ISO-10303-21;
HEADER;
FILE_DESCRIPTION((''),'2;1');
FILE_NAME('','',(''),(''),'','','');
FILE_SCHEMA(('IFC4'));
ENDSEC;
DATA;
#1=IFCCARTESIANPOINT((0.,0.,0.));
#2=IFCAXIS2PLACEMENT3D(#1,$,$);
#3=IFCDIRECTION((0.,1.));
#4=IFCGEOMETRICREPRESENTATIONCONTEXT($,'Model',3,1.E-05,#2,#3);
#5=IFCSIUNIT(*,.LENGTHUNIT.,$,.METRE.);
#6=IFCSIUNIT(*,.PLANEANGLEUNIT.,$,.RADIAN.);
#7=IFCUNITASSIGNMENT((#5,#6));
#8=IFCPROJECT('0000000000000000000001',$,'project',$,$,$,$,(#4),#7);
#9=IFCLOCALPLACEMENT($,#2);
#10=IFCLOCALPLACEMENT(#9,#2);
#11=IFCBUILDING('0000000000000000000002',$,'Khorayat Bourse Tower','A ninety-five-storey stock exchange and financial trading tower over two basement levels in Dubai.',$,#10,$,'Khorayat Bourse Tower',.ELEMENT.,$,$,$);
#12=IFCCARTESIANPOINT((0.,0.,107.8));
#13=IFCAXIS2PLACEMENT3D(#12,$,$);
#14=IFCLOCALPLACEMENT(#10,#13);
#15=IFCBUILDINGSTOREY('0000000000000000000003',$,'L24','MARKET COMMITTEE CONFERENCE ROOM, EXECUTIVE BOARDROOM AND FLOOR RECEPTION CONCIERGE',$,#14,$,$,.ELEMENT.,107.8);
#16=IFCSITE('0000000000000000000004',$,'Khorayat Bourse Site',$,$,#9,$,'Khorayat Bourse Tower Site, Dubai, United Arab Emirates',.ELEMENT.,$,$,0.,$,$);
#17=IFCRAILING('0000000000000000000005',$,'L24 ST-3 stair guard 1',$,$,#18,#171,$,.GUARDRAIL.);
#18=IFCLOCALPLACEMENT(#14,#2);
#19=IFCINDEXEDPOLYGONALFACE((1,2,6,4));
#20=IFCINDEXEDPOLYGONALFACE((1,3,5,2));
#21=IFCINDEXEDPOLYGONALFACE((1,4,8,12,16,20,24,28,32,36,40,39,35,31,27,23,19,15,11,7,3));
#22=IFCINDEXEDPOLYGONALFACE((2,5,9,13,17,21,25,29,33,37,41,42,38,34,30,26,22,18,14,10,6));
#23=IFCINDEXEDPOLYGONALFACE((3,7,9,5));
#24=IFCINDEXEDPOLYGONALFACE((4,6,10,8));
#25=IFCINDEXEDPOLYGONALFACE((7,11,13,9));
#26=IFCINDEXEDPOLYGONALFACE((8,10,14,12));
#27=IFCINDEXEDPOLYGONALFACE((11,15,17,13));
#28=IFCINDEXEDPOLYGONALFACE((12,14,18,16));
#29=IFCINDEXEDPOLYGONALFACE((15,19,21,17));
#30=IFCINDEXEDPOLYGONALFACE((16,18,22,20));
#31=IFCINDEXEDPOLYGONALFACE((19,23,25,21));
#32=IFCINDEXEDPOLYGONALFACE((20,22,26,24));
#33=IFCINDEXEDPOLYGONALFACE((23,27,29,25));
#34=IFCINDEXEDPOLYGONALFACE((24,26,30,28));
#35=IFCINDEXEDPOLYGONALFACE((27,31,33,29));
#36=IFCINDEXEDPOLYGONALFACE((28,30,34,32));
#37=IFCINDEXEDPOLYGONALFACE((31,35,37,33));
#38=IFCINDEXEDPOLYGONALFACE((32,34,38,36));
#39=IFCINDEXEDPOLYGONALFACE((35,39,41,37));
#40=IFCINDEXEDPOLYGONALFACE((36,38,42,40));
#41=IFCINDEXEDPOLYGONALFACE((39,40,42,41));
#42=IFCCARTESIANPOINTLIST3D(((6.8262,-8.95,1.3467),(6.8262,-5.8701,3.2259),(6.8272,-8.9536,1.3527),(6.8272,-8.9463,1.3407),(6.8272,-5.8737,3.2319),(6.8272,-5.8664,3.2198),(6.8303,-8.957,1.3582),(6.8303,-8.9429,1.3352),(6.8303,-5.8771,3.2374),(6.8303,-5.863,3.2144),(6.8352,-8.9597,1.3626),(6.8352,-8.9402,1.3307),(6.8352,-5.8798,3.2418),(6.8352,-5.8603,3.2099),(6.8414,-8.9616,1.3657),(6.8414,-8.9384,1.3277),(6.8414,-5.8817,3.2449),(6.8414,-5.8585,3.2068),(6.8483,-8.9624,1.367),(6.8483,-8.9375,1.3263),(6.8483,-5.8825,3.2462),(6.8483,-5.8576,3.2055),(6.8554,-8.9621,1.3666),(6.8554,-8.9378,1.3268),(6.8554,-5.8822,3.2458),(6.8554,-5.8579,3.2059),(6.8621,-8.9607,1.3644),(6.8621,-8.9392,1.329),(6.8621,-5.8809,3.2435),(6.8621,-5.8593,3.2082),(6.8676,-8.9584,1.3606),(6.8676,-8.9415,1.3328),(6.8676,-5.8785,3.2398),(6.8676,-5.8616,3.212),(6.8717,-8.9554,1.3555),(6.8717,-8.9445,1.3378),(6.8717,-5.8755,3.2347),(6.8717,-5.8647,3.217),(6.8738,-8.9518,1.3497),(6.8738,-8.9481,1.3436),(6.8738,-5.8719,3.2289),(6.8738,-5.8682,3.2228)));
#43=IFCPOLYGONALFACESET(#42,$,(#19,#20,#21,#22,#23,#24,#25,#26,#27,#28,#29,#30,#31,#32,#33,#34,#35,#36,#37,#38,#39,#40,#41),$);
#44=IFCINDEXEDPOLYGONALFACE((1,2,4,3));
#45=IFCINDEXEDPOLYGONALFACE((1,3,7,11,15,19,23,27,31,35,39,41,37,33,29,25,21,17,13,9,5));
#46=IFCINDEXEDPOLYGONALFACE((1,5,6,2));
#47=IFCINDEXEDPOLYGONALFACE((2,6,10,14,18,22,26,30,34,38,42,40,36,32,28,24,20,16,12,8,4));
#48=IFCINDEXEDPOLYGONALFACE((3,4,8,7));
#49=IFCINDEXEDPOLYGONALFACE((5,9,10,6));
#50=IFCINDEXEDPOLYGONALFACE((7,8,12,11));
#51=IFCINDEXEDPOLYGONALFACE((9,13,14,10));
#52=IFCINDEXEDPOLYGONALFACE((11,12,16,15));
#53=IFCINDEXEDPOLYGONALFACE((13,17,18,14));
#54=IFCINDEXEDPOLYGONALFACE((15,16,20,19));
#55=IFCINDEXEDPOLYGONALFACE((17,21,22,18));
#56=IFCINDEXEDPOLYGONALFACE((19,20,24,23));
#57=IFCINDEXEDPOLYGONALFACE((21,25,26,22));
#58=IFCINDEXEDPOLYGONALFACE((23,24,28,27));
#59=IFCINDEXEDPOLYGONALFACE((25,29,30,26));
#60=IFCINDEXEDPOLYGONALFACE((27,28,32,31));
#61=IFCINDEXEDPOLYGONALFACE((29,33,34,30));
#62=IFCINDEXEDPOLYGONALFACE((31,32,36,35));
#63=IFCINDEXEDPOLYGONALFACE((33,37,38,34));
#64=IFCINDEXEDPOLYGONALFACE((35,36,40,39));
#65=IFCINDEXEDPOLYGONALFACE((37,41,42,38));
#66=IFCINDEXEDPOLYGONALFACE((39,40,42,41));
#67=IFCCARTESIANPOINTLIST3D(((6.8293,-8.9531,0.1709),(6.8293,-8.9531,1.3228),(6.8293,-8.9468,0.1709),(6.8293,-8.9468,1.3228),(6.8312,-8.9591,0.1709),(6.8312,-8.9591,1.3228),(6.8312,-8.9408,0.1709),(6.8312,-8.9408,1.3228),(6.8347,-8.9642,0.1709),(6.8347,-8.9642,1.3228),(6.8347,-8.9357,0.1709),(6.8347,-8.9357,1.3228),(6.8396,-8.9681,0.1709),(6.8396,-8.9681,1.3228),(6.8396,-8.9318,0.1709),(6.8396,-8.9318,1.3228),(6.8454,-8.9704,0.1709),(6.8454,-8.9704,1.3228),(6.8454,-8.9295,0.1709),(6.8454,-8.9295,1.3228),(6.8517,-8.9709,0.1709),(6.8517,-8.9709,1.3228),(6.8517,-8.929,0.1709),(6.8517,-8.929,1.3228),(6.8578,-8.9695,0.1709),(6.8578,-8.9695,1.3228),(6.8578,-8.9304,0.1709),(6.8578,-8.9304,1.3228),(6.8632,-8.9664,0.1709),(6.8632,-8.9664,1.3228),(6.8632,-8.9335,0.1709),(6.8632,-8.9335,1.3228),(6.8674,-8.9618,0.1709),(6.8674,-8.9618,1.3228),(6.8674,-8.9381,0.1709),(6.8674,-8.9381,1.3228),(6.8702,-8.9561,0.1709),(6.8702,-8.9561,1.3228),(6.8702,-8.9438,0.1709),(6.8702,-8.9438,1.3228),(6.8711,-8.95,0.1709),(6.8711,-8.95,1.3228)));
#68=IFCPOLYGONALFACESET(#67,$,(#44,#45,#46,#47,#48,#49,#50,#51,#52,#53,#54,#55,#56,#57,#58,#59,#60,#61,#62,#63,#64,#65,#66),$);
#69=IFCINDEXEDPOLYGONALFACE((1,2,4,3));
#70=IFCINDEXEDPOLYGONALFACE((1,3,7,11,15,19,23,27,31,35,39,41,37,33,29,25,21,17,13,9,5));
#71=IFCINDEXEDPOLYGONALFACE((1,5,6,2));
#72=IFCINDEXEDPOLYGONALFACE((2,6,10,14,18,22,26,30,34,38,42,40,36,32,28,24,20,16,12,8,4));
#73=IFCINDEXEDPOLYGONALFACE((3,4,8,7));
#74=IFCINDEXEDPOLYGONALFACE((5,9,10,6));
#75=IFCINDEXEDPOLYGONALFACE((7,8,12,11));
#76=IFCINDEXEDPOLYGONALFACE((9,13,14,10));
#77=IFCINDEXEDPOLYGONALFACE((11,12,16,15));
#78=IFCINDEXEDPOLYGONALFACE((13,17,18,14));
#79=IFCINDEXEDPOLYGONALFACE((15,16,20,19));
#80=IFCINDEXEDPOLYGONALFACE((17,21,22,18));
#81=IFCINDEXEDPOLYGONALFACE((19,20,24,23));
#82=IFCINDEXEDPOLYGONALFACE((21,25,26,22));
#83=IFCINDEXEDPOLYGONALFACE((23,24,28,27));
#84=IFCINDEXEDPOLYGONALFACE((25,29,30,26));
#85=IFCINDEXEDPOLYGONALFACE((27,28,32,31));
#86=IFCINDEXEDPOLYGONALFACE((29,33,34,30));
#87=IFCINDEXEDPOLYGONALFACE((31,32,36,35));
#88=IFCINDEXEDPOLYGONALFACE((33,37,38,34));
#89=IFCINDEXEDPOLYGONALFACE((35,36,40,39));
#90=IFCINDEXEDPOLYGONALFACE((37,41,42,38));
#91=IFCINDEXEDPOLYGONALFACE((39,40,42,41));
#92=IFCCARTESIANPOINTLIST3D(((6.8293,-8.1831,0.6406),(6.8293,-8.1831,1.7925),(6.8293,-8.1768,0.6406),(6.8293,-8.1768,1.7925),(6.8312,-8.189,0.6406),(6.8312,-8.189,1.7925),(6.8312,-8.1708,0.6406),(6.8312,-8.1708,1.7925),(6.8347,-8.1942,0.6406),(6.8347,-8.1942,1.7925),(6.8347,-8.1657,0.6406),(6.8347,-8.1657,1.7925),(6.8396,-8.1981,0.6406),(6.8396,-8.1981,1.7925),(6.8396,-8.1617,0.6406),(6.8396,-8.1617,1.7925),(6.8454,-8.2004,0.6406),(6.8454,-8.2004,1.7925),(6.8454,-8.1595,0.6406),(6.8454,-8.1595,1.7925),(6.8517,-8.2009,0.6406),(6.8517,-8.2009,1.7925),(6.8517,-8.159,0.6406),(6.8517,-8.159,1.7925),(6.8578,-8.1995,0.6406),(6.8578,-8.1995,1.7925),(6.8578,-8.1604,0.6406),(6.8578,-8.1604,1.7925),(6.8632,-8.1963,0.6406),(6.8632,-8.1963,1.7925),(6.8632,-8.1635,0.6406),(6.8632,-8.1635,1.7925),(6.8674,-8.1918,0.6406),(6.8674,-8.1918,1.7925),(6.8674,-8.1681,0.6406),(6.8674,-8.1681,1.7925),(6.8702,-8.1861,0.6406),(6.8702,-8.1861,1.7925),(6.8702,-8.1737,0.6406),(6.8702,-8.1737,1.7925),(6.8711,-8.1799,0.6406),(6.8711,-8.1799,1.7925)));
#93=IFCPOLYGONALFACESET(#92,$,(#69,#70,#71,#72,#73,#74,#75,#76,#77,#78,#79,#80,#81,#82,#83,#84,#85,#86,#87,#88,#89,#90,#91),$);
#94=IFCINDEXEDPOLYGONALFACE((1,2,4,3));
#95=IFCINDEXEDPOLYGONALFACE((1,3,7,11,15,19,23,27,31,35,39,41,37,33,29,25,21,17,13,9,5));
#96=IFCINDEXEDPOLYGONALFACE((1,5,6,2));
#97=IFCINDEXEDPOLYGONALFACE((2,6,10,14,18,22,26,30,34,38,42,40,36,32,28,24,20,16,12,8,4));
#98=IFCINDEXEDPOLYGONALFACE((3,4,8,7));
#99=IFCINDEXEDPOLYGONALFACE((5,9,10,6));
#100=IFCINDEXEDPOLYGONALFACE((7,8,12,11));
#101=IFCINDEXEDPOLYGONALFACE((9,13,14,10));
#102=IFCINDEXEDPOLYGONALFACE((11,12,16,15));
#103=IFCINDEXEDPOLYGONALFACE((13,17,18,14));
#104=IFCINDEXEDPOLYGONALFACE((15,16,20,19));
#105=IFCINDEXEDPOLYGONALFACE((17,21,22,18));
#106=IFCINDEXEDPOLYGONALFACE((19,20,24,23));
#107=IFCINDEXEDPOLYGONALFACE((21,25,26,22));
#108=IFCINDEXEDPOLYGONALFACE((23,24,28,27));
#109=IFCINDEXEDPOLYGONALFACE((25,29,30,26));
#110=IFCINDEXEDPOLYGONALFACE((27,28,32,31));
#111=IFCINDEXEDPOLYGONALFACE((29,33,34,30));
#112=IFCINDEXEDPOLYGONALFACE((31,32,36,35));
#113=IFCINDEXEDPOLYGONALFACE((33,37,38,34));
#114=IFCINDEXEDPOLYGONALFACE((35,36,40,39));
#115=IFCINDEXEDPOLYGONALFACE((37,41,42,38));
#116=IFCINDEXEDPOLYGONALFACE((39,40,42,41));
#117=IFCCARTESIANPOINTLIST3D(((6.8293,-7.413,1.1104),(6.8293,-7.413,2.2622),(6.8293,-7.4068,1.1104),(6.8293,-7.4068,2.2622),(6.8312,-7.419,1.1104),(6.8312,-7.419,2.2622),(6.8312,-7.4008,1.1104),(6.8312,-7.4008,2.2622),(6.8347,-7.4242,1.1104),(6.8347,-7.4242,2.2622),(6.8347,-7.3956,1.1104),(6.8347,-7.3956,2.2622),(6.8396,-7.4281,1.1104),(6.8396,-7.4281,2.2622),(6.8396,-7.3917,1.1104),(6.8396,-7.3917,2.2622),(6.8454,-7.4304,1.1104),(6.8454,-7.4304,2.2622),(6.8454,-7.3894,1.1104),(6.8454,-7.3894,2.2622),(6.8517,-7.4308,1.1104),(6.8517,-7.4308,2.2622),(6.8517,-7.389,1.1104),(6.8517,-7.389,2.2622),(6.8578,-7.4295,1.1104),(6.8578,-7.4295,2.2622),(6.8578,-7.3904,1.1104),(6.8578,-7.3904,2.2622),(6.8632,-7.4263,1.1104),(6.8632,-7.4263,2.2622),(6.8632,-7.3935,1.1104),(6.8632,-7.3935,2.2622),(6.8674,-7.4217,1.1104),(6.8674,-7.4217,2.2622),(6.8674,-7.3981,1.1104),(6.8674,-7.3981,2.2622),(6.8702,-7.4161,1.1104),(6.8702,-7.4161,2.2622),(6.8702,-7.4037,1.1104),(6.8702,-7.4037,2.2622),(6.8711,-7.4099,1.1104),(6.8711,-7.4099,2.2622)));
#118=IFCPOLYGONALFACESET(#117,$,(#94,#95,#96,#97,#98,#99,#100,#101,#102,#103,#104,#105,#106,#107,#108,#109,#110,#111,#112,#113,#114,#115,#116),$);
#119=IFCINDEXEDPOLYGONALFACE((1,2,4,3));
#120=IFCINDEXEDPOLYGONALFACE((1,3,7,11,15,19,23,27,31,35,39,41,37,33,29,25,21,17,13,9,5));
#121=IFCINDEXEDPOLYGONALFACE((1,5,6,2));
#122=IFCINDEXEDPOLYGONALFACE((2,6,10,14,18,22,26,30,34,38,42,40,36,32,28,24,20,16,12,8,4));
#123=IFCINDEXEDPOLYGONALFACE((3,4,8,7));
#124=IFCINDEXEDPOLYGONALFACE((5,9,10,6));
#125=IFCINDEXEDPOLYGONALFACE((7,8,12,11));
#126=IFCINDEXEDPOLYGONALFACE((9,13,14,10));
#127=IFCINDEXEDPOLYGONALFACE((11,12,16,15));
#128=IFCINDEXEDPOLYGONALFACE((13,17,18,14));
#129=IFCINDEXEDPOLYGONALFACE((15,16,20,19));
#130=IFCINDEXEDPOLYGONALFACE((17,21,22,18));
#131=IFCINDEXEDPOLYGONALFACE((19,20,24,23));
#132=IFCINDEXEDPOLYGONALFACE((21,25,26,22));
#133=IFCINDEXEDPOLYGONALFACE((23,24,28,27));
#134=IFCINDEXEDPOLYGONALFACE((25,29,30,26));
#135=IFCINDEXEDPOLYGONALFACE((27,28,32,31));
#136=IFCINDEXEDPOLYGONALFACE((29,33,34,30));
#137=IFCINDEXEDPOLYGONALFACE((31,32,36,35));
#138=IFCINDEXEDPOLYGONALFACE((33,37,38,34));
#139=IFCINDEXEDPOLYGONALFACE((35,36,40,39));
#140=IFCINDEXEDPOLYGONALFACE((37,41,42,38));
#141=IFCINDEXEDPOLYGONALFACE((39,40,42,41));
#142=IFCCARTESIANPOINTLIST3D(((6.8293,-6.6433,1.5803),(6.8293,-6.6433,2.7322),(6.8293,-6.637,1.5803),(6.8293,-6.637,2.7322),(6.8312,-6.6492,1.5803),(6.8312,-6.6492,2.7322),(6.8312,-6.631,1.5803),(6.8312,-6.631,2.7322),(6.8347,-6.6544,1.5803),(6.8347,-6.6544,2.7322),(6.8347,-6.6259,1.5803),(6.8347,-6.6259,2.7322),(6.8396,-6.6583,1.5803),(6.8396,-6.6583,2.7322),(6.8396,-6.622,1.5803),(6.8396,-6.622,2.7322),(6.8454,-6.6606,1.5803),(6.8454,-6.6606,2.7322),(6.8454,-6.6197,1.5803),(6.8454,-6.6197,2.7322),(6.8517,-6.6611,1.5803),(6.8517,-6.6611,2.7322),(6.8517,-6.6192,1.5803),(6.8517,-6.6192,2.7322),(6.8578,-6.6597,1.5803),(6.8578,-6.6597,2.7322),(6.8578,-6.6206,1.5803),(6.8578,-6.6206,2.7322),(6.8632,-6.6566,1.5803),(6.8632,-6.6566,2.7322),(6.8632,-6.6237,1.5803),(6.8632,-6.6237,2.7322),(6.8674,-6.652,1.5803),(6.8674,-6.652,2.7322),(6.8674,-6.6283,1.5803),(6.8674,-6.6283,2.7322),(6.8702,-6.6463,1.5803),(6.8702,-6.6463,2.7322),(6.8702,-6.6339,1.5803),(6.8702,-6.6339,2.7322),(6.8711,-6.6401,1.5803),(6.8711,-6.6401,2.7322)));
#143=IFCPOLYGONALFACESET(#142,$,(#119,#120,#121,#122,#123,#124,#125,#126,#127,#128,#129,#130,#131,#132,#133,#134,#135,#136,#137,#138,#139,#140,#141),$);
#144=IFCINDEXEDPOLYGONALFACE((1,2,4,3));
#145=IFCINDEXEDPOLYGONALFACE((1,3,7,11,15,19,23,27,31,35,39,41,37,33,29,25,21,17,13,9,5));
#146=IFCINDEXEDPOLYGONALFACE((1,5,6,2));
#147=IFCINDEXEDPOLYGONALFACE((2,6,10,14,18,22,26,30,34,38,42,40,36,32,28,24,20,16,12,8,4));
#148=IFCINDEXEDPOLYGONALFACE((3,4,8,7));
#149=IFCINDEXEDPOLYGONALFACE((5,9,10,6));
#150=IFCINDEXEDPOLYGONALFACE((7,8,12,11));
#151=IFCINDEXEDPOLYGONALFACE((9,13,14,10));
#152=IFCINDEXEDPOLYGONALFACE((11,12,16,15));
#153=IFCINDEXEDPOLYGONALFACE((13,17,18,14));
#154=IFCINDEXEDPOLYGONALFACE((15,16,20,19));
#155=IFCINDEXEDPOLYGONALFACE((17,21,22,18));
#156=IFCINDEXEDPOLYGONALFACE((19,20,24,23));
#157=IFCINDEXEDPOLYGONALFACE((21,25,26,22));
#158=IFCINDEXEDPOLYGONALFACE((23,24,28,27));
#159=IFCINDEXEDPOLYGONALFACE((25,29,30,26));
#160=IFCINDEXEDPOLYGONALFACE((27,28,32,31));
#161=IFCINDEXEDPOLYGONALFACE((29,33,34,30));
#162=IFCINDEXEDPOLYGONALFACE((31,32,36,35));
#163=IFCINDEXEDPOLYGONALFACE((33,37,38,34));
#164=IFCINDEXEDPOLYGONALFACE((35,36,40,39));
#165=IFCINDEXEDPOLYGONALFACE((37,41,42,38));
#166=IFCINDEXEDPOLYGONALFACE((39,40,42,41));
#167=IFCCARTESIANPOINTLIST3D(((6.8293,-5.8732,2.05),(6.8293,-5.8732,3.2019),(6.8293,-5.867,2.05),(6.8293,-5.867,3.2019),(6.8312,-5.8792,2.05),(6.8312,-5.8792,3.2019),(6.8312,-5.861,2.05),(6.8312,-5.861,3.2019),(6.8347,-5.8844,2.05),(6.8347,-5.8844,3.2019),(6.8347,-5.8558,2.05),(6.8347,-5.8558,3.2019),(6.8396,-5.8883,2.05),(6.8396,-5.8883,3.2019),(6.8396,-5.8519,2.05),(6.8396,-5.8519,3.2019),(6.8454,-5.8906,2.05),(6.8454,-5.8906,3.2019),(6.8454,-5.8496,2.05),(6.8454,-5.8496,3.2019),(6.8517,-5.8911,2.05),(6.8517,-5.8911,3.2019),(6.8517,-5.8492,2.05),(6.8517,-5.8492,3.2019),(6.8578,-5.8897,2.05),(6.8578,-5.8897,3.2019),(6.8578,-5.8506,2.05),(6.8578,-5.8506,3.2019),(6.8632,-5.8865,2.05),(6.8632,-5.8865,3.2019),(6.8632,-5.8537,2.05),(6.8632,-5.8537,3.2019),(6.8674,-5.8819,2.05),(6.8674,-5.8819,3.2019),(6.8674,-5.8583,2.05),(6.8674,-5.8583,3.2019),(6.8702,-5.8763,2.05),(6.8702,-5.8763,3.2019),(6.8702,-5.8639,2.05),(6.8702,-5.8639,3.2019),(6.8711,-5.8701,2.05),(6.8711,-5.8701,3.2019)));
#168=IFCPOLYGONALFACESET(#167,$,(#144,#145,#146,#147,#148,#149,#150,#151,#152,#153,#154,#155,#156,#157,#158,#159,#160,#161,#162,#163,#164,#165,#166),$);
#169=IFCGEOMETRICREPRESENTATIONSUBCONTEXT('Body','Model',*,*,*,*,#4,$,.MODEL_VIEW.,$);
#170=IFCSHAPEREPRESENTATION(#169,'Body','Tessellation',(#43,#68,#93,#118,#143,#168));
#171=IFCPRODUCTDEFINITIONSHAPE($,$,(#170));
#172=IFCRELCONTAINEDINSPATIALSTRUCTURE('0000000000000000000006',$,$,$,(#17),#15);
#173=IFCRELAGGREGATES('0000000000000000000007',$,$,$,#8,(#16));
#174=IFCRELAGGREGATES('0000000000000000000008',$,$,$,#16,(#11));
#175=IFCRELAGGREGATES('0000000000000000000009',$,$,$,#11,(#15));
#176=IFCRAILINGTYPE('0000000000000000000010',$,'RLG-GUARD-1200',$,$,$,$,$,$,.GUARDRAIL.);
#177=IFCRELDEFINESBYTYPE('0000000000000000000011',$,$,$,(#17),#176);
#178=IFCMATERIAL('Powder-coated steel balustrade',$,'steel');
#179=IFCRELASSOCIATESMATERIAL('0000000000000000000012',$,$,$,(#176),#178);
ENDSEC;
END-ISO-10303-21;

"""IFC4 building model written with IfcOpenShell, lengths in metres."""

from ifc_helpers import new_model, si_unit, direction, frame, origin, origin_2d, place, context, subcontext, project, spatial, circle, extrude, source, transform, mapped, material, type_object, element, save


model = new_model("IFC4")

# Units and contexts
model_context = context("Model", 3, precision=1e-05, world=origin(), true_north=direction((0.0, 1.0)))
body_context = subcontext(model_context, "Body", "Model", "MODEL_VIEW")
ifc_project = project(units=[si_unit("LENGTHUNIT", "METRE"), si_unit("PLANEANGLEUNIT", "RADIAN")], contexts=[model_context])

# Site, building, storey
site_placement = place(None, origin())
site = spatial("IfcSite", under=ifc_project, at=site_placement, Name="Khorayat Bourse Site", LongName="Khorayat Bourse Tower Site, Dubai, United Arab Emirates", CompositionType="ELEMENT", RefElevation=0.0)
building_placement = place(site_placement, origin())
building = spatial("IfcBuilding", under=site, at=building_placement, Name="Khorayat Bourse Tower", Description="A ninety-five-storey stock exchange and financial trading tower over two basement levels in Dubai.", LongName="Khorayat Bourse Tower", CompositionType="ELEMENT")
storey_placement = place(building_placement, frame((0.0, 0.0, 107.8)))
storey = spatial("IfcBuildingStorey", under=building, at=storey_placement, Name="L24", Description="MARKET COMMITTEE CONFERENCE ROOM, EXECUTIVE BOARDROOM AND FLOOR RECEPTION CONCIERGE", CompositionType="ELEMENT", Elevation=107.8)

# Railing
ifc_material_1 = material(Name="Powder-coated steel balustrade", Category="steel")
railing_type_1 = type_object("IfcRailingType", Name="RLG-GUARD-1200", PredefinedType="GUARDRAIL", material=ifc_material_1)
shared_shape_1 = source(origin(), body_context, "Body", "SweptSolid", [
    extrude(circle(Radius=0.0239, at=origin_2d()), frame((0.0, 0.0, 1.1758), z_axis=(0.0, 0.853648, 0.52085), x_axis=(-1.0, 0.0, 0.0)), (0.0, 0.0, 1.0), 3.6079),
    extrude(circle(Radius=0.021, at=origin_2d()), origin(), (0.0, 0.0, 1.0), 1.1519),
    extrude(circle(Radius=0.021, at=origin_2d()), frame((0.0, 0.77, 0.4697)), (0.0, 0.0, 1.0), 1.1519),
    extrude(circle(Radius=0.021, at=origin_2d()), frame((0.0, 1.54, 0.9395)), (0.0, 0.0, 1.0), 1.1519),
    extrude(circle(Radius=0.021, at=origin_2d()), frame((0.0, 2.3098, 1.4094)), (0.0, 0.0, 1.0), 1.1519),
    extrude(circle(Radius=0.021, at=origin_2d()), frame((0.0, 3.0798, 1.8792)), (0.0, 0.0, 1.0), 1.1519),
])
railing_1_placement = place(storey_placement, frame((6.8501, -8.95, 0.1709)))
element("IfcRailing", 1, at=railing_1_placement, inside=storey, type_object=railing_type_1, Name="L24 ST-3 stair guard 1", PredefinedType="GUARDRAIL", context=body_context, shape_type="MappedRepresentation", body=[
    mapped(shared_shape_1, transform((0.0, 0.0, 0.0), scale=1.0)),
])

save(model, "model.ifc")
